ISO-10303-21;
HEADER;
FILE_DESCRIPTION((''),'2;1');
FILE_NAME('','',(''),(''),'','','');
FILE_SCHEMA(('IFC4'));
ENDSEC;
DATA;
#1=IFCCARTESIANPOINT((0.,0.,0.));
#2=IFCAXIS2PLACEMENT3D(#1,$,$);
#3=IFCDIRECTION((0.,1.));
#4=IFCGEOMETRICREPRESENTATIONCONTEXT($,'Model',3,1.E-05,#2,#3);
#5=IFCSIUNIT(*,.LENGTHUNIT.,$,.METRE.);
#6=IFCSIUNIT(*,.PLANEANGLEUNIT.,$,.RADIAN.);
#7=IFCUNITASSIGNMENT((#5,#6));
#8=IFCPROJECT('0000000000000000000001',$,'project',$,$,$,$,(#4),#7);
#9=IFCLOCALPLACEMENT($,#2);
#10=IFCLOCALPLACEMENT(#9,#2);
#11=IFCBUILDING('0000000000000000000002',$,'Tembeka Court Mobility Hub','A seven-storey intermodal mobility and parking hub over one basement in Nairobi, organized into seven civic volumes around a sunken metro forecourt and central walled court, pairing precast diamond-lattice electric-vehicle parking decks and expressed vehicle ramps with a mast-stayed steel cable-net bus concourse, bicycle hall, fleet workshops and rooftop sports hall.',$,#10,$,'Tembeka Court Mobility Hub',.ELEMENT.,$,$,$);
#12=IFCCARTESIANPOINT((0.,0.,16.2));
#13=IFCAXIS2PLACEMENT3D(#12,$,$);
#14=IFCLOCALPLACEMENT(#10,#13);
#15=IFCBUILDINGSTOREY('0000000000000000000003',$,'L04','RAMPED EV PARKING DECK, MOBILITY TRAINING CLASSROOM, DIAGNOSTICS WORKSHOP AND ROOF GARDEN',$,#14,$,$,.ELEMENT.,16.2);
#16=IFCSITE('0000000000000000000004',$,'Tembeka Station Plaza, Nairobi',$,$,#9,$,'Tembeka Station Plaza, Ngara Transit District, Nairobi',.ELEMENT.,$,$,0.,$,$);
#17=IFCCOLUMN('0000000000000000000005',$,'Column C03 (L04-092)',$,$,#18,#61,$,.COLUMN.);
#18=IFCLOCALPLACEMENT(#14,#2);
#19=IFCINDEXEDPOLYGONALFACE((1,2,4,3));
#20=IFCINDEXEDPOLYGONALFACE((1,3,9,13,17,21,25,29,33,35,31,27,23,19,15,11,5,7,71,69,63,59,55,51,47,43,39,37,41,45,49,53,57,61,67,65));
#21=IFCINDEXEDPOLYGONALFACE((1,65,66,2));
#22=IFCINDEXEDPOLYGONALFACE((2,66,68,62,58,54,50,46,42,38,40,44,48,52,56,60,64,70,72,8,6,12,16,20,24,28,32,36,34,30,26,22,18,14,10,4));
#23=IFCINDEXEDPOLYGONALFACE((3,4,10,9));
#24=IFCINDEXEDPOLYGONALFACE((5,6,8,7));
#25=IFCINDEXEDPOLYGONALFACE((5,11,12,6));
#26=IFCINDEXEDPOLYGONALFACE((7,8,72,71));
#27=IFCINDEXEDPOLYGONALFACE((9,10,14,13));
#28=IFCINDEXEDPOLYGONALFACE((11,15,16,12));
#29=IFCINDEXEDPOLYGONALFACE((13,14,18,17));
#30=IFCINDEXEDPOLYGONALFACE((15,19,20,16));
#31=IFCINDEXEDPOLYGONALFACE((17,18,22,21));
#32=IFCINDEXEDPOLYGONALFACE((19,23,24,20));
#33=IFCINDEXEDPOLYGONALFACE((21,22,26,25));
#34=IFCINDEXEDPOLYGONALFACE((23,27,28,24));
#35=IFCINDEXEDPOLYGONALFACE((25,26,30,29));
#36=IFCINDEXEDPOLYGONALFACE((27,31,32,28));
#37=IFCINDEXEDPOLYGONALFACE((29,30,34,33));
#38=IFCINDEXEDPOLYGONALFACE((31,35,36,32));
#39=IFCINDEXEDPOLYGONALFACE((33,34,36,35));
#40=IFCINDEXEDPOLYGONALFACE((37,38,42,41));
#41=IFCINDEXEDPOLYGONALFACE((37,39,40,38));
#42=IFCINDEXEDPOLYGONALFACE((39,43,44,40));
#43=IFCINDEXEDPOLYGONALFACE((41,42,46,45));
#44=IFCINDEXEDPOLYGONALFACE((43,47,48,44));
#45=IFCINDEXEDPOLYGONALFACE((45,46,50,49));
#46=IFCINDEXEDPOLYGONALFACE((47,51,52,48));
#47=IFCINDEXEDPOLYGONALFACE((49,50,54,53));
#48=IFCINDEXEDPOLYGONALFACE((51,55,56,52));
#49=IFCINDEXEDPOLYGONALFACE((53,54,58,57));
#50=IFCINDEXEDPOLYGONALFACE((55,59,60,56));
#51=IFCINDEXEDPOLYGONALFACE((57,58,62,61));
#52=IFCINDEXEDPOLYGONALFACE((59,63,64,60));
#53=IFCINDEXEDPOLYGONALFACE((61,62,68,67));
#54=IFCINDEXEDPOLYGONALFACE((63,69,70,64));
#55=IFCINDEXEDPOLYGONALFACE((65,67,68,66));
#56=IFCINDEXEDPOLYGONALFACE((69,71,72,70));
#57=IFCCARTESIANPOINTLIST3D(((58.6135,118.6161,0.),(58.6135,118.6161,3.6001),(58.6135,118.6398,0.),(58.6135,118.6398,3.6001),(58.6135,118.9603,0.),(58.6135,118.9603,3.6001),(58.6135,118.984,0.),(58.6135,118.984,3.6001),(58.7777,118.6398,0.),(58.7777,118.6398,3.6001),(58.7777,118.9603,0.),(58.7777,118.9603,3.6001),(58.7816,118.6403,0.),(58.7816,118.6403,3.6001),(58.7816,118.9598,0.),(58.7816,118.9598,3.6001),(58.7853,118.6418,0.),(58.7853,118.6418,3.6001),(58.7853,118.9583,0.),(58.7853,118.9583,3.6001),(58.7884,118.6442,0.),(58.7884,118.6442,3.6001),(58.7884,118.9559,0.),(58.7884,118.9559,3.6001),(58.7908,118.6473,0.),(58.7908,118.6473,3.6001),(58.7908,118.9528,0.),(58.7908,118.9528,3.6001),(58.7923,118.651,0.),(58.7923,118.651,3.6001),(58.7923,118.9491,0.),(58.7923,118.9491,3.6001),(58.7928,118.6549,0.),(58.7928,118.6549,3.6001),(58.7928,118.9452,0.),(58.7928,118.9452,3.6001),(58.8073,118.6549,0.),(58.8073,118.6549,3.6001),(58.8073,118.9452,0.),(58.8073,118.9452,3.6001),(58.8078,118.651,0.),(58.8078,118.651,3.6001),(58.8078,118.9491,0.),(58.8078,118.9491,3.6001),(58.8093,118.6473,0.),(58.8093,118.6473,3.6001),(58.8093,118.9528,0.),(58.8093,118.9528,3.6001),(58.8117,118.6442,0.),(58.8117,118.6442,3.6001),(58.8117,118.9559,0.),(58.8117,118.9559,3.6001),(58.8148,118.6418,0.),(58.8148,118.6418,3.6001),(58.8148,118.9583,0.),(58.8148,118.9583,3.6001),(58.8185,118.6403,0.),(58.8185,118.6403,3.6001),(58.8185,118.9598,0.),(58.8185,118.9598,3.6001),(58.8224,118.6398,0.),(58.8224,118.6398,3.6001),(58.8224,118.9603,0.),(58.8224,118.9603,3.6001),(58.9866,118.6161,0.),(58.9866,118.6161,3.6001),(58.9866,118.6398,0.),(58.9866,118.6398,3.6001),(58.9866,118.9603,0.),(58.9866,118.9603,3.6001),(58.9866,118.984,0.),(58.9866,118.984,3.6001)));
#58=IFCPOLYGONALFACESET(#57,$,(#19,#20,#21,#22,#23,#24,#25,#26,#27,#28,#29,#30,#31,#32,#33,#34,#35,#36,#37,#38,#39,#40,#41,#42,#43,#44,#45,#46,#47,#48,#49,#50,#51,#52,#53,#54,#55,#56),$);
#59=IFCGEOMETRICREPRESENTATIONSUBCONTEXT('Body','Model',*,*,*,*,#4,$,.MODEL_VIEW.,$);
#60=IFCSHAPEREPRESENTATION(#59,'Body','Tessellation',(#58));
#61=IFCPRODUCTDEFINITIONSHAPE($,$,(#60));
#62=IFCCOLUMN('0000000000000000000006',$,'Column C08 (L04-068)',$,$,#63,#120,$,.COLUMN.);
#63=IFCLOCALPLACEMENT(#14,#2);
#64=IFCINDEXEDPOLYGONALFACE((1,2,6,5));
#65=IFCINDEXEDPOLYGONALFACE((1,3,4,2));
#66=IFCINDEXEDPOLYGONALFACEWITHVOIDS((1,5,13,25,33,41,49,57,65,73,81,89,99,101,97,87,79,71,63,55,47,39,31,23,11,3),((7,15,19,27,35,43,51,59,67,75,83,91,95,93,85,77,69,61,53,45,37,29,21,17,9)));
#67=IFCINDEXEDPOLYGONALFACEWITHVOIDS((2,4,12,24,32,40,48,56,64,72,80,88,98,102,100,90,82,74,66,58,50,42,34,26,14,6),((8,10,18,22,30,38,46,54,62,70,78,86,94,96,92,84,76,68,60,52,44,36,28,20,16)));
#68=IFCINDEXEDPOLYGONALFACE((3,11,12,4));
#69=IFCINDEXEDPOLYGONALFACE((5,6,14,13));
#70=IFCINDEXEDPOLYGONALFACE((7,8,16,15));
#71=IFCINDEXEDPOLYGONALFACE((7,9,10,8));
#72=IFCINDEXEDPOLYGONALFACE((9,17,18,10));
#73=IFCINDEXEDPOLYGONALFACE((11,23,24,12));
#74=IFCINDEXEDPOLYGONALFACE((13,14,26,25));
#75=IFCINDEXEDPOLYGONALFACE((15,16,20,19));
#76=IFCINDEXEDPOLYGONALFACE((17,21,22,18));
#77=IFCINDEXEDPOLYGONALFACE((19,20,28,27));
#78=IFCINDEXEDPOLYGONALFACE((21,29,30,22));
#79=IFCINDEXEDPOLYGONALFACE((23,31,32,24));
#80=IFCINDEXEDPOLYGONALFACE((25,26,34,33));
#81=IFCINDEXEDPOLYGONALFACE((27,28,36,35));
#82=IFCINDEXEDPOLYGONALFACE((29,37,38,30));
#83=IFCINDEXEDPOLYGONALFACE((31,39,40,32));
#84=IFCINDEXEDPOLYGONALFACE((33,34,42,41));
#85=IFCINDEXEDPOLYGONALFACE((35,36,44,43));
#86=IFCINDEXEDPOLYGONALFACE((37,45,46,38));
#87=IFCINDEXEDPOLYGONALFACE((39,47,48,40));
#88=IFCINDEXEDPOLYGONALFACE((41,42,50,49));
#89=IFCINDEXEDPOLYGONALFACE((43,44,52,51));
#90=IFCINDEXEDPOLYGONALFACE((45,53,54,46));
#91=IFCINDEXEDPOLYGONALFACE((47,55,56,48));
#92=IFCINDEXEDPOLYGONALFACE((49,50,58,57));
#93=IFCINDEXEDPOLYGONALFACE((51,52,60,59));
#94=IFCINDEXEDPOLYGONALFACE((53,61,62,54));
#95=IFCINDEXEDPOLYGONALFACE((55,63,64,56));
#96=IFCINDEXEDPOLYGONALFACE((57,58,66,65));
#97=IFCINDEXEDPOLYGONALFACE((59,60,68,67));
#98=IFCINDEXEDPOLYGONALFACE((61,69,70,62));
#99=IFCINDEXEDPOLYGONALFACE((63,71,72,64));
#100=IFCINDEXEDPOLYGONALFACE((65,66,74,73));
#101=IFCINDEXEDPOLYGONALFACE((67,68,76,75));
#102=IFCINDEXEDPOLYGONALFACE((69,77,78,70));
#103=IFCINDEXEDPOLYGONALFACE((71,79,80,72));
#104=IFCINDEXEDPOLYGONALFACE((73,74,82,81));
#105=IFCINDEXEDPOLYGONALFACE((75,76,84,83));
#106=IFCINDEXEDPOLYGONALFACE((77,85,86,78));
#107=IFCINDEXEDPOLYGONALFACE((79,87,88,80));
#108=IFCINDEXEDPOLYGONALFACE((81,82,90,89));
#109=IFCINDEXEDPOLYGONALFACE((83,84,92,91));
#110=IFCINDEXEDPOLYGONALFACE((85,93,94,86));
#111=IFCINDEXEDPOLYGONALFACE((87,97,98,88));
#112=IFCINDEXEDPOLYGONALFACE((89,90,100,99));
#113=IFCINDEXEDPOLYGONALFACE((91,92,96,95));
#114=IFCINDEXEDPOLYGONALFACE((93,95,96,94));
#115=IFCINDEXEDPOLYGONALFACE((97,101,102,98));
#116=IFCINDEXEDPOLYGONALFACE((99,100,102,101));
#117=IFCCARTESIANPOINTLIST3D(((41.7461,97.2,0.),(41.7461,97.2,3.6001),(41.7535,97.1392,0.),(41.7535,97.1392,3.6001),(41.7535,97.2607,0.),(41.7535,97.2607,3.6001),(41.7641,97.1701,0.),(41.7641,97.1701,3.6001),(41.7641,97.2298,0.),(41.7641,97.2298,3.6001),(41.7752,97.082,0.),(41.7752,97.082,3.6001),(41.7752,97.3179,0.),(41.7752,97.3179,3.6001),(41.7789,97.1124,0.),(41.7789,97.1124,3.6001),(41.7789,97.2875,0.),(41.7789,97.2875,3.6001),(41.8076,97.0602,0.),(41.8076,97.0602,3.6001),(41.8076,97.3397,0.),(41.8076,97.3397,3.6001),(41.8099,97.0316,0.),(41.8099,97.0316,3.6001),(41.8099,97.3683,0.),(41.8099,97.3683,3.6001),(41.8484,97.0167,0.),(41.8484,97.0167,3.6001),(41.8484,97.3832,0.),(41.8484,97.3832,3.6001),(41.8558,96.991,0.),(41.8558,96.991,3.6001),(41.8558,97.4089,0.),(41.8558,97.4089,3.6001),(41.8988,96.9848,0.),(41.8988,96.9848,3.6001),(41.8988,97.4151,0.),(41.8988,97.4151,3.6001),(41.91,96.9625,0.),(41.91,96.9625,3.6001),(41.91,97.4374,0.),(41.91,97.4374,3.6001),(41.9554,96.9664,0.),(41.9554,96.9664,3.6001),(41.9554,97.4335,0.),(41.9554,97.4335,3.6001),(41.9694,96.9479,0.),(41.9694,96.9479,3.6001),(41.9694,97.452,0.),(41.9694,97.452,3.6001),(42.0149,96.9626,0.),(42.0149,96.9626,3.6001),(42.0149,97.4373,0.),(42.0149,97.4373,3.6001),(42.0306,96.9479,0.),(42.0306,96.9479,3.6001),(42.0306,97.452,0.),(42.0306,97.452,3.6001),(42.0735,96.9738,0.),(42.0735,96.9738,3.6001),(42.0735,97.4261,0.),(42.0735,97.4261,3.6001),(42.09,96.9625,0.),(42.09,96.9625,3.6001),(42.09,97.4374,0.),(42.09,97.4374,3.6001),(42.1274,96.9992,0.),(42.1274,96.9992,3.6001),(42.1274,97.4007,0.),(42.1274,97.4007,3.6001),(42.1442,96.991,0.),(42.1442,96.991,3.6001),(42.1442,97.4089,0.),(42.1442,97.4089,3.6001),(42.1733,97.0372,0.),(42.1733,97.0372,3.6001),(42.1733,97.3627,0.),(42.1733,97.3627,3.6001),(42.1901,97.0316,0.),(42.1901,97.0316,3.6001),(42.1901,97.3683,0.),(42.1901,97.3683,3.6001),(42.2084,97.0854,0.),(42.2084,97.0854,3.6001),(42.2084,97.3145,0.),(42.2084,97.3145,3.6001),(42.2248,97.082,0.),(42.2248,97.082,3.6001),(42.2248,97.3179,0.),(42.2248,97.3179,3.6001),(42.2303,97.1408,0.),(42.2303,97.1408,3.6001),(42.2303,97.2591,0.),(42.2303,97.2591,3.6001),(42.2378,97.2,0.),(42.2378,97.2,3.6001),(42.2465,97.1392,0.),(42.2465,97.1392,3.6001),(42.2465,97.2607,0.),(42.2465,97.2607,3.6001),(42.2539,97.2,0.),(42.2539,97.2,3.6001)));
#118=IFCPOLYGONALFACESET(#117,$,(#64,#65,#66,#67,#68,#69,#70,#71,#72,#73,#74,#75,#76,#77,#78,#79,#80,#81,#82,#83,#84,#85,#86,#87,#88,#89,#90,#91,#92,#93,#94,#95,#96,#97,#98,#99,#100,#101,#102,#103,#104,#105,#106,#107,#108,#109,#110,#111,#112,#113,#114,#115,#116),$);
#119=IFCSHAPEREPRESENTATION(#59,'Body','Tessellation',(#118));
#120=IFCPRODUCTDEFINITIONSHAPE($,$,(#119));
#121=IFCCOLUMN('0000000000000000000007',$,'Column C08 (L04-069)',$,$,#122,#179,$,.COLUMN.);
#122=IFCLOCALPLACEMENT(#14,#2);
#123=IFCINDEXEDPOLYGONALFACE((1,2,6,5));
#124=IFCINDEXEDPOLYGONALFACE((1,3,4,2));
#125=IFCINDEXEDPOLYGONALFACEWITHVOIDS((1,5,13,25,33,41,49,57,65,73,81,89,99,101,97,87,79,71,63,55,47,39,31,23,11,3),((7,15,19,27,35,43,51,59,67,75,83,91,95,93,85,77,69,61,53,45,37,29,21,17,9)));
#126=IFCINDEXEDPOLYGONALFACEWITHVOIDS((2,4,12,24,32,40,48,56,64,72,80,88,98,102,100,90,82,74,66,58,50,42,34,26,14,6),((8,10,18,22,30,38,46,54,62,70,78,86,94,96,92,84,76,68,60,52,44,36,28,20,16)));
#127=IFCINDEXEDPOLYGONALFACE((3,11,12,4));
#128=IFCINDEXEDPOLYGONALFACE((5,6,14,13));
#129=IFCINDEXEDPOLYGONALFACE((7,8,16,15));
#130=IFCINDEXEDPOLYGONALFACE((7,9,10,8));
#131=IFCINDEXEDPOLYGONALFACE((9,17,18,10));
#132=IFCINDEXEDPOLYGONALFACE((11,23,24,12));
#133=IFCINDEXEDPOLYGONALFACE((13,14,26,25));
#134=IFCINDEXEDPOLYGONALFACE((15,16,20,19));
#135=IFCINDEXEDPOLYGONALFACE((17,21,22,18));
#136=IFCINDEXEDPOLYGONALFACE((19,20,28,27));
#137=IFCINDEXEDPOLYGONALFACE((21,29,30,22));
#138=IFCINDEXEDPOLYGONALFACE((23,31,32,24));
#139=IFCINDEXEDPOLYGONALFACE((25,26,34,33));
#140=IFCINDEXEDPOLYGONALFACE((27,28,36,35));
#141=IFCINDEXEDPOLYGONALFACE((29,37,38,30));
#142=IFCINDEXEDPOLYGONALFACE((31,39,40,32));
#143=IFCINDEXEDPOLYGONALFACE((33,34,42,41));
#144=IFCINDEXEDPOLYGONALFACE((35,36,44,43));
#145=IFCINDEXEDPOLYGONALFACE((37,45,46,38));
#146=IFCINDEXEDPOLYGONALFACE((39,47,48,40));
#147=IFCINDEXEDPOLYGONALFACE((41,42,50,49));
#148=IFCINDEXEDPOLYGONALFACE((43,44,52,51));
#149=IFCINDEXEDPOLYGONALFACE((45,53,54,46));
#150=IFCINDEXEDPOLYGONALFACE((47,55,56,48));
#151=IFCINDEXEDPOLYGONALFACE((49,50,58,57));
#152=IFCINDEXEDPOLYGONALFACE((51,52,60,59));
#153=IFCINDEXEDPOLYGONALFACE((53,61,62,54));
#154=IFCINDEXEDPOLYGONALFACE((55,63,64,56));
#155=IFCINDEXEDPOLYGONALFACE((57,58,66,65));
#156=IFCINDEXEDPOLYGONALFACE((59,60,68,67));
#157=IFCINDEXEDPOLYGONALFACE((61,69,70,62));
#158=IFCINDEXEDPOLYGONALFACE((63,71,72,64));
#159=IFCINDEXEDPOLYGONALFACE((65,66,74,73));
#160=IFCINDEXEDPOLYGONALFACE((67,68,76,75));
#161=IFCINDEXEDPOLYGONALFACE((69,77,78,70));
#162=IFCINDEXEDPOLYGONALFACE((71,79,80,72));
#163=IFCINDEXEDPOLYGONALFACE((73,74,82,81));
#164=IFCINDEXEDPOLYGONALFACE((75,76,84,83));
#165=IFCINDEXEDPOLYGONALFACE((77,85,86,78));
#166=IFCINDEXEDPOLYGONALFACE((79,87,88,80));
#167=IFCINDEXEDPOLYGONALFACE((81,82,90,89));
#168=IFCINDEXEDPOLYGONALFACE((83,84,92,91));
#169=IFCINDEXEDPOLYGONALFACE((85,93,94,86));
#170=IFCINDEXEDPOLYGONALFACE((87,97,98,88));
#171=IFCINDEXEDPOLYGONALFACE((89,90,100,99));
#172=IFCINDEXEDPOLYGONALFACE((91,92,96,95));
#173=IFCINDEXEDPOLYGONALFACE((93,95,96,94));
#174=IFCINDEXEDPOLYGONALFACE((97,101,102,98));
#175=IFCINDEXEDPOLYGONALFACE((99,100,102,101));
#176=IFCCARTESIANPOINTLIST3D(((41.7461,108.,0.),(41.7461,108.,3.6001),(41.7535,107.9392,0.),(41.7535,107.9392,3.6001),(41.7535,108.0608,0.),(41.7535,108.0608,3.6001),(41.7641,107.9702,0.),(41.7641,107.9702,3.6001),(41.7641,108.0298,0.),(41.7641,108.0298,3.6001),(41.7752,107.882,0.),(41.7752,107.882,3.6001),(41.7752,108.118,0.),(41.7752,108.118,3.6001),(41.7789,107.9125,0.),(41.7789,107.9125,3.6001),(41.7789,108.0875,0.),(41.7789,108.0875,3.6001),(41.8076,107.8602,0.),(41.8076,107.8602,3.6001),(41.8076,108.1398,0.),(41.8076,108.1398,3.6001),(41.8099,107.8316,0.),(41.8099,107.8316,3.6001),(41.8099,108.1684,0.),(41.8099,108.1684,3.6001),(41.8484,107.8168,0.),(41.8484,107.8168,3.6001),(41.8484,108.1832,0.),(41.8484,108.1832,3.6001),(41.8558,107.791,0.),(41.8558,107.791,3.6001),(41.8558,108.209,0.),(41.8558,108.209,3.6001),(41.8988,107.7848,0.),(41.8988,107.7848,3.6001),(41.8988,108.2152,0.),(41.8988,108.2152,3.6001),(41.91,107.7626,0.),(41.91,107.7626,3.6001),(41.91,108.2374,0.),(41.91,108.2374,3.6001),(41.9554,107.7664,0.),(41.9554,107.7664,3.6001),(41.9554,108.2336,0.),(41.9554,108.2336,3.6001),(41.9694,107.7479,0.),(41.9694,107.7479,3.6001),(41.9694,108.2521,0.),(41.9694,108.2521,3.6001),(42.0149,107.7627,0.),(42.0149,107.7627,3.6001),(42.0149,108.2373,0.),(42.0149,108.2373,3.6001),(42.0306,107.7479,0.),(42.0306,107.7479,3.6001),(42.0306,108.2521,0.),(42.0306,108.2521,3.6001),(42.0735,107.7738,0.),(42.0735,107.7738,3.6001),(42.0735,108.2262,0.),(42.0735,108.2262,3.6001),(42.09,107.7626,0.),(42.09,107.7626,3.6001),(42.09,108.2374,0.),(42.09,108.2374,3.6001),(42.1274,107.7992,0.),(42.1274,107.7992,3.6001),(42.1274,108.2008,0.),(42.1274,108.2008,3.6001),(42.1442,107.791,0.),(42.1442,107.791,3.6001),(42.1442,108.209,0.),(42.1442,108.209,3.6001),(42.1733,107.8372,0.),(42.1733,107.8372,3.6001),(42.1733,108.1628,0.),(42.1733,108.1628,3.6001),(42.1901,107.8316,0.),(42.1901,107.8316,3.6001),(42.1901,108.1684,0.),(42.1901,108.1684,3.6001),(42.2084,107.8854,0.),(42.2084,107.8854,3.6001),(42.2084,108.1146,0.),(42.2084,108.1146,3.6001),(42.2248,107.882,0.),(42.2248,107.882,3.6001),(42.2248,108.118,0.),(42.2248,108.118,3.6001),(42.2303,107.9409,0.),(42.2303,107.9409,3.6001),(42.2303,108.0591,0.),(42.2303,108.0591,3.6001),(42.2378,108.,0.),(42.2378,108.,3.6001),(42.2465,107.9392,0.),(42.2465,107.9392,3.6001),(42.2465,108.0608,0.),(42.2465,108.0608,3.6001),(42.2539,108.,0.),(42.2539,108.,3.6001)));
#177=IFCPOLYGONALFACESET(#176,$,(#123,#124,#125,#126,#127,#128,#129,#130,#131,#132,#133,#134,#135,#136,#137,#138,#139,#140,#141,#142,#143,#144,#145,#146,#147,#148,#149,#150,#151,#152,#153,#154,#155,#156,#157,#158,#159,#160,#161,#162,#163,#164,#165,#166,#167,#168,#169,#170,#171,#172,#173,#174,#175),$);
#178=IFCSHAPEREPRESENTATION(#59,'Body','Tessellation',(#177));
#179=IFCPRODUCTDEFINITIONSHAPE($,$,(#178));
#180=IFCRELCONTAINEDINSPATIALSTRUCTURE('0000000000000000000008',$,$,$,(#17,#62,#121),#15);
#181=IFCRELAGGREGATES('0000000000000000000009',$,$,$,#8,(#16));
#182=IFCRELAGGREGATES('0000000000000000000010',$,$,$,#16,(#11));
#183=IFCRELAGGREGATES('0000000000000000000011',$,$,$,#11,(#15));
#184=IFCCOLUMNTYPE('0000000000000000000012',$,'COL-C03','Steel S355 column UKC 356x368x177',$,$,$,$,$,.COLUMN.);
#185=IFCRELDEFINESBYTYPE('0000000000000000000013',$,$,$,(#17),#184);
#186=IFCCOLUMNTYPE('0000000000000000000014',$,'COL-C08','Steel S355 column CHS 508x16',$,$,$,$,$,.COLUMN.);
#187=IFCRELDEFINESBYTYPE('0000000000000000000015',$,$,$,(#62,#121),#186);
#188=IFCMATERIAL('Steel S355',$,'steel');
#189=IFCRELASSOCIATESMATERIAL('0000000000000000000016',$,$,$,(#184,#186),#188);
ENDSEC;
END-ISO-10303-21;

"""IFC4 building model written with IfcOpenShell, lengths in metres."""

from ifc_helpers import new_model, si_unit, direction, frame, origin, origin_2d, place, context, subcontext, project, spatial, hollow_circle, i_section, extrude, material, material_profile, profile_set, type_object, element, save


model = new_model("IFC4")

# Units and contexts
model_context = context("Model", 3, precision=1e-05, world=origin(), true_north=direction((0.0, 1.0)))
body_context = subcontext(model_context, "Body", "Model", "MODEL_VIEW")
ifc_project = project(units=[si_unit("LENGTHUNIT", "METRE"), si_unit("PLANEANGLEUNIT", "RADIAN")], contexts=[model_context])

# Site, building, storey
site_placement = place(None, origin())
site = spatial("IfcSite", under=ifc_project, at=site_placement, Name="Tembeka Station Plaza, Nairobi", LongName="Tembeka Station Plaza, Ngara Transit District, Nairobi", CompositionType="ELEMENT", RefElevation=0.0)
building_placement = place(site_placement, origin())
building = spatial("IfcBuilding", under=site, at=building_placement, Name="Tembeka Court Mobility Hub", Description="A seven-storey intermodal mobility and parking hub over one basement in Nairobi, organized into seven civic volumes around a sunken metro forecourt and central walled court, pairing precast diamond-lattice electric-vehicle parking decks and expressed vehicle ramps with a mast-stayed steel cable-net bus concourse, bicycle hall, fleet workshops and rooftop sports hall.", LongName="Tembeka Court Mobility Hub", CompositionType="ELEMENT")
storey_placement = place(building_placement, frame((0.0, 0.0, 16.2)))
storey = spatial("IfcBuildingStorey", under=building, at=storey_placement, Name="L04", Description="RAMPED EV PARKING DECK, MOBILITY TRAINING CLASSROOM, DIAGNOSTICS WORKSHOP AND ROOF GARDEN", CompositionType="ELEMENT", Elevation=16.2)

# Columns
ifc_material_1 = material(Name="Steel S355", Category="steel")
ifc_material_profile_1 = material_profile(ifc_material_1, i_section(OverallWidth=0.373, OverallDepth=0.3679, WebThickness=0.0144, FlangeThickness=0.0237, FilletRadius=0.0151, at=origin_2d()), Name="UKC 356x368x177")
ifc_profile_set_1 = profile_set([ifc_material_profile_1], Name="Steel S355")
column_type_1 = type_object("IfcColumnType", Name="COL-C03", Description="Steel S355 column UKC 356x368x177", PredefinedType="COLUMN", material=ifc_profile_set_1)
for number, where, z_axis, x_axis, name in (
    (1, (58.8, 118.8, 0.0), (0.0, 0.0, 1.0), (1.0, 0.0, 0.0), "Column C03 (L04-092)"),
):
    element("IfcColumn", number, at=place(storey_placement, frame(where, z_axis=z_axis, x_axis=x_axis)), inside=storey, type_object=column_type_1, Name=name, PredefinedType="COLUMN", context=body_context, shape_type="SweptSolid", body=[
        extrude(i_section(OverallWidth=0.373, OverallDepth=0.3679, WebThickness=0.0144, FlangeThickness=0.0237, FilletRadius=0.0151, at=origin_2d()), origin(), (0.0, 0.0, 1.0), 3.6001),
    ])
ifc_material_profile_2 = material_profile(ifc_material_1, hollow_circle(Radius=0.2539, WallThickness=0.0161, at=origin_2d()), Name="CHS 508x16")
ifc_profile_set_2 = profile_set([ifc_material_profile_2], Name="Steel S355")
column_type_2 = type_object("IfcColumnType", Name="COL-C08", Description="Steel S355 column CHS 508x16", PredefinedType="COLUMN", material=ifc_profile_set_2)
for number, where, z_axis, x_axis, name in (
    (2, (42.0, 97.2, 0.0), (0.0, 0.0, 1.0), (1.0, 0.0, 0.0), "Column C08 (L04-068)"),
    (3, (42.0, 108.0, 0.0), (0.0, 0.0, 1.0), (1.0, 0.0, 0.0), "Column C08 (L04-069)"),
):
    element("IfcColumn", number, at=place(storey_placement, frame(where, z_axis=z_axis, x_axis=x_axis)), inside=storey, type_object=column_type_2, Name=name, PredefinedType="COLUMN", context=body_context, shape_type="SweptSolid", body=[
        extrude(hollow_circle(Radius=0.2539, WallThickness=0.0161, at=origin_2d()), origin(), (0.0, 0.0, 1.0), 3.6001),
    ])

save(model, "model.ifc")
